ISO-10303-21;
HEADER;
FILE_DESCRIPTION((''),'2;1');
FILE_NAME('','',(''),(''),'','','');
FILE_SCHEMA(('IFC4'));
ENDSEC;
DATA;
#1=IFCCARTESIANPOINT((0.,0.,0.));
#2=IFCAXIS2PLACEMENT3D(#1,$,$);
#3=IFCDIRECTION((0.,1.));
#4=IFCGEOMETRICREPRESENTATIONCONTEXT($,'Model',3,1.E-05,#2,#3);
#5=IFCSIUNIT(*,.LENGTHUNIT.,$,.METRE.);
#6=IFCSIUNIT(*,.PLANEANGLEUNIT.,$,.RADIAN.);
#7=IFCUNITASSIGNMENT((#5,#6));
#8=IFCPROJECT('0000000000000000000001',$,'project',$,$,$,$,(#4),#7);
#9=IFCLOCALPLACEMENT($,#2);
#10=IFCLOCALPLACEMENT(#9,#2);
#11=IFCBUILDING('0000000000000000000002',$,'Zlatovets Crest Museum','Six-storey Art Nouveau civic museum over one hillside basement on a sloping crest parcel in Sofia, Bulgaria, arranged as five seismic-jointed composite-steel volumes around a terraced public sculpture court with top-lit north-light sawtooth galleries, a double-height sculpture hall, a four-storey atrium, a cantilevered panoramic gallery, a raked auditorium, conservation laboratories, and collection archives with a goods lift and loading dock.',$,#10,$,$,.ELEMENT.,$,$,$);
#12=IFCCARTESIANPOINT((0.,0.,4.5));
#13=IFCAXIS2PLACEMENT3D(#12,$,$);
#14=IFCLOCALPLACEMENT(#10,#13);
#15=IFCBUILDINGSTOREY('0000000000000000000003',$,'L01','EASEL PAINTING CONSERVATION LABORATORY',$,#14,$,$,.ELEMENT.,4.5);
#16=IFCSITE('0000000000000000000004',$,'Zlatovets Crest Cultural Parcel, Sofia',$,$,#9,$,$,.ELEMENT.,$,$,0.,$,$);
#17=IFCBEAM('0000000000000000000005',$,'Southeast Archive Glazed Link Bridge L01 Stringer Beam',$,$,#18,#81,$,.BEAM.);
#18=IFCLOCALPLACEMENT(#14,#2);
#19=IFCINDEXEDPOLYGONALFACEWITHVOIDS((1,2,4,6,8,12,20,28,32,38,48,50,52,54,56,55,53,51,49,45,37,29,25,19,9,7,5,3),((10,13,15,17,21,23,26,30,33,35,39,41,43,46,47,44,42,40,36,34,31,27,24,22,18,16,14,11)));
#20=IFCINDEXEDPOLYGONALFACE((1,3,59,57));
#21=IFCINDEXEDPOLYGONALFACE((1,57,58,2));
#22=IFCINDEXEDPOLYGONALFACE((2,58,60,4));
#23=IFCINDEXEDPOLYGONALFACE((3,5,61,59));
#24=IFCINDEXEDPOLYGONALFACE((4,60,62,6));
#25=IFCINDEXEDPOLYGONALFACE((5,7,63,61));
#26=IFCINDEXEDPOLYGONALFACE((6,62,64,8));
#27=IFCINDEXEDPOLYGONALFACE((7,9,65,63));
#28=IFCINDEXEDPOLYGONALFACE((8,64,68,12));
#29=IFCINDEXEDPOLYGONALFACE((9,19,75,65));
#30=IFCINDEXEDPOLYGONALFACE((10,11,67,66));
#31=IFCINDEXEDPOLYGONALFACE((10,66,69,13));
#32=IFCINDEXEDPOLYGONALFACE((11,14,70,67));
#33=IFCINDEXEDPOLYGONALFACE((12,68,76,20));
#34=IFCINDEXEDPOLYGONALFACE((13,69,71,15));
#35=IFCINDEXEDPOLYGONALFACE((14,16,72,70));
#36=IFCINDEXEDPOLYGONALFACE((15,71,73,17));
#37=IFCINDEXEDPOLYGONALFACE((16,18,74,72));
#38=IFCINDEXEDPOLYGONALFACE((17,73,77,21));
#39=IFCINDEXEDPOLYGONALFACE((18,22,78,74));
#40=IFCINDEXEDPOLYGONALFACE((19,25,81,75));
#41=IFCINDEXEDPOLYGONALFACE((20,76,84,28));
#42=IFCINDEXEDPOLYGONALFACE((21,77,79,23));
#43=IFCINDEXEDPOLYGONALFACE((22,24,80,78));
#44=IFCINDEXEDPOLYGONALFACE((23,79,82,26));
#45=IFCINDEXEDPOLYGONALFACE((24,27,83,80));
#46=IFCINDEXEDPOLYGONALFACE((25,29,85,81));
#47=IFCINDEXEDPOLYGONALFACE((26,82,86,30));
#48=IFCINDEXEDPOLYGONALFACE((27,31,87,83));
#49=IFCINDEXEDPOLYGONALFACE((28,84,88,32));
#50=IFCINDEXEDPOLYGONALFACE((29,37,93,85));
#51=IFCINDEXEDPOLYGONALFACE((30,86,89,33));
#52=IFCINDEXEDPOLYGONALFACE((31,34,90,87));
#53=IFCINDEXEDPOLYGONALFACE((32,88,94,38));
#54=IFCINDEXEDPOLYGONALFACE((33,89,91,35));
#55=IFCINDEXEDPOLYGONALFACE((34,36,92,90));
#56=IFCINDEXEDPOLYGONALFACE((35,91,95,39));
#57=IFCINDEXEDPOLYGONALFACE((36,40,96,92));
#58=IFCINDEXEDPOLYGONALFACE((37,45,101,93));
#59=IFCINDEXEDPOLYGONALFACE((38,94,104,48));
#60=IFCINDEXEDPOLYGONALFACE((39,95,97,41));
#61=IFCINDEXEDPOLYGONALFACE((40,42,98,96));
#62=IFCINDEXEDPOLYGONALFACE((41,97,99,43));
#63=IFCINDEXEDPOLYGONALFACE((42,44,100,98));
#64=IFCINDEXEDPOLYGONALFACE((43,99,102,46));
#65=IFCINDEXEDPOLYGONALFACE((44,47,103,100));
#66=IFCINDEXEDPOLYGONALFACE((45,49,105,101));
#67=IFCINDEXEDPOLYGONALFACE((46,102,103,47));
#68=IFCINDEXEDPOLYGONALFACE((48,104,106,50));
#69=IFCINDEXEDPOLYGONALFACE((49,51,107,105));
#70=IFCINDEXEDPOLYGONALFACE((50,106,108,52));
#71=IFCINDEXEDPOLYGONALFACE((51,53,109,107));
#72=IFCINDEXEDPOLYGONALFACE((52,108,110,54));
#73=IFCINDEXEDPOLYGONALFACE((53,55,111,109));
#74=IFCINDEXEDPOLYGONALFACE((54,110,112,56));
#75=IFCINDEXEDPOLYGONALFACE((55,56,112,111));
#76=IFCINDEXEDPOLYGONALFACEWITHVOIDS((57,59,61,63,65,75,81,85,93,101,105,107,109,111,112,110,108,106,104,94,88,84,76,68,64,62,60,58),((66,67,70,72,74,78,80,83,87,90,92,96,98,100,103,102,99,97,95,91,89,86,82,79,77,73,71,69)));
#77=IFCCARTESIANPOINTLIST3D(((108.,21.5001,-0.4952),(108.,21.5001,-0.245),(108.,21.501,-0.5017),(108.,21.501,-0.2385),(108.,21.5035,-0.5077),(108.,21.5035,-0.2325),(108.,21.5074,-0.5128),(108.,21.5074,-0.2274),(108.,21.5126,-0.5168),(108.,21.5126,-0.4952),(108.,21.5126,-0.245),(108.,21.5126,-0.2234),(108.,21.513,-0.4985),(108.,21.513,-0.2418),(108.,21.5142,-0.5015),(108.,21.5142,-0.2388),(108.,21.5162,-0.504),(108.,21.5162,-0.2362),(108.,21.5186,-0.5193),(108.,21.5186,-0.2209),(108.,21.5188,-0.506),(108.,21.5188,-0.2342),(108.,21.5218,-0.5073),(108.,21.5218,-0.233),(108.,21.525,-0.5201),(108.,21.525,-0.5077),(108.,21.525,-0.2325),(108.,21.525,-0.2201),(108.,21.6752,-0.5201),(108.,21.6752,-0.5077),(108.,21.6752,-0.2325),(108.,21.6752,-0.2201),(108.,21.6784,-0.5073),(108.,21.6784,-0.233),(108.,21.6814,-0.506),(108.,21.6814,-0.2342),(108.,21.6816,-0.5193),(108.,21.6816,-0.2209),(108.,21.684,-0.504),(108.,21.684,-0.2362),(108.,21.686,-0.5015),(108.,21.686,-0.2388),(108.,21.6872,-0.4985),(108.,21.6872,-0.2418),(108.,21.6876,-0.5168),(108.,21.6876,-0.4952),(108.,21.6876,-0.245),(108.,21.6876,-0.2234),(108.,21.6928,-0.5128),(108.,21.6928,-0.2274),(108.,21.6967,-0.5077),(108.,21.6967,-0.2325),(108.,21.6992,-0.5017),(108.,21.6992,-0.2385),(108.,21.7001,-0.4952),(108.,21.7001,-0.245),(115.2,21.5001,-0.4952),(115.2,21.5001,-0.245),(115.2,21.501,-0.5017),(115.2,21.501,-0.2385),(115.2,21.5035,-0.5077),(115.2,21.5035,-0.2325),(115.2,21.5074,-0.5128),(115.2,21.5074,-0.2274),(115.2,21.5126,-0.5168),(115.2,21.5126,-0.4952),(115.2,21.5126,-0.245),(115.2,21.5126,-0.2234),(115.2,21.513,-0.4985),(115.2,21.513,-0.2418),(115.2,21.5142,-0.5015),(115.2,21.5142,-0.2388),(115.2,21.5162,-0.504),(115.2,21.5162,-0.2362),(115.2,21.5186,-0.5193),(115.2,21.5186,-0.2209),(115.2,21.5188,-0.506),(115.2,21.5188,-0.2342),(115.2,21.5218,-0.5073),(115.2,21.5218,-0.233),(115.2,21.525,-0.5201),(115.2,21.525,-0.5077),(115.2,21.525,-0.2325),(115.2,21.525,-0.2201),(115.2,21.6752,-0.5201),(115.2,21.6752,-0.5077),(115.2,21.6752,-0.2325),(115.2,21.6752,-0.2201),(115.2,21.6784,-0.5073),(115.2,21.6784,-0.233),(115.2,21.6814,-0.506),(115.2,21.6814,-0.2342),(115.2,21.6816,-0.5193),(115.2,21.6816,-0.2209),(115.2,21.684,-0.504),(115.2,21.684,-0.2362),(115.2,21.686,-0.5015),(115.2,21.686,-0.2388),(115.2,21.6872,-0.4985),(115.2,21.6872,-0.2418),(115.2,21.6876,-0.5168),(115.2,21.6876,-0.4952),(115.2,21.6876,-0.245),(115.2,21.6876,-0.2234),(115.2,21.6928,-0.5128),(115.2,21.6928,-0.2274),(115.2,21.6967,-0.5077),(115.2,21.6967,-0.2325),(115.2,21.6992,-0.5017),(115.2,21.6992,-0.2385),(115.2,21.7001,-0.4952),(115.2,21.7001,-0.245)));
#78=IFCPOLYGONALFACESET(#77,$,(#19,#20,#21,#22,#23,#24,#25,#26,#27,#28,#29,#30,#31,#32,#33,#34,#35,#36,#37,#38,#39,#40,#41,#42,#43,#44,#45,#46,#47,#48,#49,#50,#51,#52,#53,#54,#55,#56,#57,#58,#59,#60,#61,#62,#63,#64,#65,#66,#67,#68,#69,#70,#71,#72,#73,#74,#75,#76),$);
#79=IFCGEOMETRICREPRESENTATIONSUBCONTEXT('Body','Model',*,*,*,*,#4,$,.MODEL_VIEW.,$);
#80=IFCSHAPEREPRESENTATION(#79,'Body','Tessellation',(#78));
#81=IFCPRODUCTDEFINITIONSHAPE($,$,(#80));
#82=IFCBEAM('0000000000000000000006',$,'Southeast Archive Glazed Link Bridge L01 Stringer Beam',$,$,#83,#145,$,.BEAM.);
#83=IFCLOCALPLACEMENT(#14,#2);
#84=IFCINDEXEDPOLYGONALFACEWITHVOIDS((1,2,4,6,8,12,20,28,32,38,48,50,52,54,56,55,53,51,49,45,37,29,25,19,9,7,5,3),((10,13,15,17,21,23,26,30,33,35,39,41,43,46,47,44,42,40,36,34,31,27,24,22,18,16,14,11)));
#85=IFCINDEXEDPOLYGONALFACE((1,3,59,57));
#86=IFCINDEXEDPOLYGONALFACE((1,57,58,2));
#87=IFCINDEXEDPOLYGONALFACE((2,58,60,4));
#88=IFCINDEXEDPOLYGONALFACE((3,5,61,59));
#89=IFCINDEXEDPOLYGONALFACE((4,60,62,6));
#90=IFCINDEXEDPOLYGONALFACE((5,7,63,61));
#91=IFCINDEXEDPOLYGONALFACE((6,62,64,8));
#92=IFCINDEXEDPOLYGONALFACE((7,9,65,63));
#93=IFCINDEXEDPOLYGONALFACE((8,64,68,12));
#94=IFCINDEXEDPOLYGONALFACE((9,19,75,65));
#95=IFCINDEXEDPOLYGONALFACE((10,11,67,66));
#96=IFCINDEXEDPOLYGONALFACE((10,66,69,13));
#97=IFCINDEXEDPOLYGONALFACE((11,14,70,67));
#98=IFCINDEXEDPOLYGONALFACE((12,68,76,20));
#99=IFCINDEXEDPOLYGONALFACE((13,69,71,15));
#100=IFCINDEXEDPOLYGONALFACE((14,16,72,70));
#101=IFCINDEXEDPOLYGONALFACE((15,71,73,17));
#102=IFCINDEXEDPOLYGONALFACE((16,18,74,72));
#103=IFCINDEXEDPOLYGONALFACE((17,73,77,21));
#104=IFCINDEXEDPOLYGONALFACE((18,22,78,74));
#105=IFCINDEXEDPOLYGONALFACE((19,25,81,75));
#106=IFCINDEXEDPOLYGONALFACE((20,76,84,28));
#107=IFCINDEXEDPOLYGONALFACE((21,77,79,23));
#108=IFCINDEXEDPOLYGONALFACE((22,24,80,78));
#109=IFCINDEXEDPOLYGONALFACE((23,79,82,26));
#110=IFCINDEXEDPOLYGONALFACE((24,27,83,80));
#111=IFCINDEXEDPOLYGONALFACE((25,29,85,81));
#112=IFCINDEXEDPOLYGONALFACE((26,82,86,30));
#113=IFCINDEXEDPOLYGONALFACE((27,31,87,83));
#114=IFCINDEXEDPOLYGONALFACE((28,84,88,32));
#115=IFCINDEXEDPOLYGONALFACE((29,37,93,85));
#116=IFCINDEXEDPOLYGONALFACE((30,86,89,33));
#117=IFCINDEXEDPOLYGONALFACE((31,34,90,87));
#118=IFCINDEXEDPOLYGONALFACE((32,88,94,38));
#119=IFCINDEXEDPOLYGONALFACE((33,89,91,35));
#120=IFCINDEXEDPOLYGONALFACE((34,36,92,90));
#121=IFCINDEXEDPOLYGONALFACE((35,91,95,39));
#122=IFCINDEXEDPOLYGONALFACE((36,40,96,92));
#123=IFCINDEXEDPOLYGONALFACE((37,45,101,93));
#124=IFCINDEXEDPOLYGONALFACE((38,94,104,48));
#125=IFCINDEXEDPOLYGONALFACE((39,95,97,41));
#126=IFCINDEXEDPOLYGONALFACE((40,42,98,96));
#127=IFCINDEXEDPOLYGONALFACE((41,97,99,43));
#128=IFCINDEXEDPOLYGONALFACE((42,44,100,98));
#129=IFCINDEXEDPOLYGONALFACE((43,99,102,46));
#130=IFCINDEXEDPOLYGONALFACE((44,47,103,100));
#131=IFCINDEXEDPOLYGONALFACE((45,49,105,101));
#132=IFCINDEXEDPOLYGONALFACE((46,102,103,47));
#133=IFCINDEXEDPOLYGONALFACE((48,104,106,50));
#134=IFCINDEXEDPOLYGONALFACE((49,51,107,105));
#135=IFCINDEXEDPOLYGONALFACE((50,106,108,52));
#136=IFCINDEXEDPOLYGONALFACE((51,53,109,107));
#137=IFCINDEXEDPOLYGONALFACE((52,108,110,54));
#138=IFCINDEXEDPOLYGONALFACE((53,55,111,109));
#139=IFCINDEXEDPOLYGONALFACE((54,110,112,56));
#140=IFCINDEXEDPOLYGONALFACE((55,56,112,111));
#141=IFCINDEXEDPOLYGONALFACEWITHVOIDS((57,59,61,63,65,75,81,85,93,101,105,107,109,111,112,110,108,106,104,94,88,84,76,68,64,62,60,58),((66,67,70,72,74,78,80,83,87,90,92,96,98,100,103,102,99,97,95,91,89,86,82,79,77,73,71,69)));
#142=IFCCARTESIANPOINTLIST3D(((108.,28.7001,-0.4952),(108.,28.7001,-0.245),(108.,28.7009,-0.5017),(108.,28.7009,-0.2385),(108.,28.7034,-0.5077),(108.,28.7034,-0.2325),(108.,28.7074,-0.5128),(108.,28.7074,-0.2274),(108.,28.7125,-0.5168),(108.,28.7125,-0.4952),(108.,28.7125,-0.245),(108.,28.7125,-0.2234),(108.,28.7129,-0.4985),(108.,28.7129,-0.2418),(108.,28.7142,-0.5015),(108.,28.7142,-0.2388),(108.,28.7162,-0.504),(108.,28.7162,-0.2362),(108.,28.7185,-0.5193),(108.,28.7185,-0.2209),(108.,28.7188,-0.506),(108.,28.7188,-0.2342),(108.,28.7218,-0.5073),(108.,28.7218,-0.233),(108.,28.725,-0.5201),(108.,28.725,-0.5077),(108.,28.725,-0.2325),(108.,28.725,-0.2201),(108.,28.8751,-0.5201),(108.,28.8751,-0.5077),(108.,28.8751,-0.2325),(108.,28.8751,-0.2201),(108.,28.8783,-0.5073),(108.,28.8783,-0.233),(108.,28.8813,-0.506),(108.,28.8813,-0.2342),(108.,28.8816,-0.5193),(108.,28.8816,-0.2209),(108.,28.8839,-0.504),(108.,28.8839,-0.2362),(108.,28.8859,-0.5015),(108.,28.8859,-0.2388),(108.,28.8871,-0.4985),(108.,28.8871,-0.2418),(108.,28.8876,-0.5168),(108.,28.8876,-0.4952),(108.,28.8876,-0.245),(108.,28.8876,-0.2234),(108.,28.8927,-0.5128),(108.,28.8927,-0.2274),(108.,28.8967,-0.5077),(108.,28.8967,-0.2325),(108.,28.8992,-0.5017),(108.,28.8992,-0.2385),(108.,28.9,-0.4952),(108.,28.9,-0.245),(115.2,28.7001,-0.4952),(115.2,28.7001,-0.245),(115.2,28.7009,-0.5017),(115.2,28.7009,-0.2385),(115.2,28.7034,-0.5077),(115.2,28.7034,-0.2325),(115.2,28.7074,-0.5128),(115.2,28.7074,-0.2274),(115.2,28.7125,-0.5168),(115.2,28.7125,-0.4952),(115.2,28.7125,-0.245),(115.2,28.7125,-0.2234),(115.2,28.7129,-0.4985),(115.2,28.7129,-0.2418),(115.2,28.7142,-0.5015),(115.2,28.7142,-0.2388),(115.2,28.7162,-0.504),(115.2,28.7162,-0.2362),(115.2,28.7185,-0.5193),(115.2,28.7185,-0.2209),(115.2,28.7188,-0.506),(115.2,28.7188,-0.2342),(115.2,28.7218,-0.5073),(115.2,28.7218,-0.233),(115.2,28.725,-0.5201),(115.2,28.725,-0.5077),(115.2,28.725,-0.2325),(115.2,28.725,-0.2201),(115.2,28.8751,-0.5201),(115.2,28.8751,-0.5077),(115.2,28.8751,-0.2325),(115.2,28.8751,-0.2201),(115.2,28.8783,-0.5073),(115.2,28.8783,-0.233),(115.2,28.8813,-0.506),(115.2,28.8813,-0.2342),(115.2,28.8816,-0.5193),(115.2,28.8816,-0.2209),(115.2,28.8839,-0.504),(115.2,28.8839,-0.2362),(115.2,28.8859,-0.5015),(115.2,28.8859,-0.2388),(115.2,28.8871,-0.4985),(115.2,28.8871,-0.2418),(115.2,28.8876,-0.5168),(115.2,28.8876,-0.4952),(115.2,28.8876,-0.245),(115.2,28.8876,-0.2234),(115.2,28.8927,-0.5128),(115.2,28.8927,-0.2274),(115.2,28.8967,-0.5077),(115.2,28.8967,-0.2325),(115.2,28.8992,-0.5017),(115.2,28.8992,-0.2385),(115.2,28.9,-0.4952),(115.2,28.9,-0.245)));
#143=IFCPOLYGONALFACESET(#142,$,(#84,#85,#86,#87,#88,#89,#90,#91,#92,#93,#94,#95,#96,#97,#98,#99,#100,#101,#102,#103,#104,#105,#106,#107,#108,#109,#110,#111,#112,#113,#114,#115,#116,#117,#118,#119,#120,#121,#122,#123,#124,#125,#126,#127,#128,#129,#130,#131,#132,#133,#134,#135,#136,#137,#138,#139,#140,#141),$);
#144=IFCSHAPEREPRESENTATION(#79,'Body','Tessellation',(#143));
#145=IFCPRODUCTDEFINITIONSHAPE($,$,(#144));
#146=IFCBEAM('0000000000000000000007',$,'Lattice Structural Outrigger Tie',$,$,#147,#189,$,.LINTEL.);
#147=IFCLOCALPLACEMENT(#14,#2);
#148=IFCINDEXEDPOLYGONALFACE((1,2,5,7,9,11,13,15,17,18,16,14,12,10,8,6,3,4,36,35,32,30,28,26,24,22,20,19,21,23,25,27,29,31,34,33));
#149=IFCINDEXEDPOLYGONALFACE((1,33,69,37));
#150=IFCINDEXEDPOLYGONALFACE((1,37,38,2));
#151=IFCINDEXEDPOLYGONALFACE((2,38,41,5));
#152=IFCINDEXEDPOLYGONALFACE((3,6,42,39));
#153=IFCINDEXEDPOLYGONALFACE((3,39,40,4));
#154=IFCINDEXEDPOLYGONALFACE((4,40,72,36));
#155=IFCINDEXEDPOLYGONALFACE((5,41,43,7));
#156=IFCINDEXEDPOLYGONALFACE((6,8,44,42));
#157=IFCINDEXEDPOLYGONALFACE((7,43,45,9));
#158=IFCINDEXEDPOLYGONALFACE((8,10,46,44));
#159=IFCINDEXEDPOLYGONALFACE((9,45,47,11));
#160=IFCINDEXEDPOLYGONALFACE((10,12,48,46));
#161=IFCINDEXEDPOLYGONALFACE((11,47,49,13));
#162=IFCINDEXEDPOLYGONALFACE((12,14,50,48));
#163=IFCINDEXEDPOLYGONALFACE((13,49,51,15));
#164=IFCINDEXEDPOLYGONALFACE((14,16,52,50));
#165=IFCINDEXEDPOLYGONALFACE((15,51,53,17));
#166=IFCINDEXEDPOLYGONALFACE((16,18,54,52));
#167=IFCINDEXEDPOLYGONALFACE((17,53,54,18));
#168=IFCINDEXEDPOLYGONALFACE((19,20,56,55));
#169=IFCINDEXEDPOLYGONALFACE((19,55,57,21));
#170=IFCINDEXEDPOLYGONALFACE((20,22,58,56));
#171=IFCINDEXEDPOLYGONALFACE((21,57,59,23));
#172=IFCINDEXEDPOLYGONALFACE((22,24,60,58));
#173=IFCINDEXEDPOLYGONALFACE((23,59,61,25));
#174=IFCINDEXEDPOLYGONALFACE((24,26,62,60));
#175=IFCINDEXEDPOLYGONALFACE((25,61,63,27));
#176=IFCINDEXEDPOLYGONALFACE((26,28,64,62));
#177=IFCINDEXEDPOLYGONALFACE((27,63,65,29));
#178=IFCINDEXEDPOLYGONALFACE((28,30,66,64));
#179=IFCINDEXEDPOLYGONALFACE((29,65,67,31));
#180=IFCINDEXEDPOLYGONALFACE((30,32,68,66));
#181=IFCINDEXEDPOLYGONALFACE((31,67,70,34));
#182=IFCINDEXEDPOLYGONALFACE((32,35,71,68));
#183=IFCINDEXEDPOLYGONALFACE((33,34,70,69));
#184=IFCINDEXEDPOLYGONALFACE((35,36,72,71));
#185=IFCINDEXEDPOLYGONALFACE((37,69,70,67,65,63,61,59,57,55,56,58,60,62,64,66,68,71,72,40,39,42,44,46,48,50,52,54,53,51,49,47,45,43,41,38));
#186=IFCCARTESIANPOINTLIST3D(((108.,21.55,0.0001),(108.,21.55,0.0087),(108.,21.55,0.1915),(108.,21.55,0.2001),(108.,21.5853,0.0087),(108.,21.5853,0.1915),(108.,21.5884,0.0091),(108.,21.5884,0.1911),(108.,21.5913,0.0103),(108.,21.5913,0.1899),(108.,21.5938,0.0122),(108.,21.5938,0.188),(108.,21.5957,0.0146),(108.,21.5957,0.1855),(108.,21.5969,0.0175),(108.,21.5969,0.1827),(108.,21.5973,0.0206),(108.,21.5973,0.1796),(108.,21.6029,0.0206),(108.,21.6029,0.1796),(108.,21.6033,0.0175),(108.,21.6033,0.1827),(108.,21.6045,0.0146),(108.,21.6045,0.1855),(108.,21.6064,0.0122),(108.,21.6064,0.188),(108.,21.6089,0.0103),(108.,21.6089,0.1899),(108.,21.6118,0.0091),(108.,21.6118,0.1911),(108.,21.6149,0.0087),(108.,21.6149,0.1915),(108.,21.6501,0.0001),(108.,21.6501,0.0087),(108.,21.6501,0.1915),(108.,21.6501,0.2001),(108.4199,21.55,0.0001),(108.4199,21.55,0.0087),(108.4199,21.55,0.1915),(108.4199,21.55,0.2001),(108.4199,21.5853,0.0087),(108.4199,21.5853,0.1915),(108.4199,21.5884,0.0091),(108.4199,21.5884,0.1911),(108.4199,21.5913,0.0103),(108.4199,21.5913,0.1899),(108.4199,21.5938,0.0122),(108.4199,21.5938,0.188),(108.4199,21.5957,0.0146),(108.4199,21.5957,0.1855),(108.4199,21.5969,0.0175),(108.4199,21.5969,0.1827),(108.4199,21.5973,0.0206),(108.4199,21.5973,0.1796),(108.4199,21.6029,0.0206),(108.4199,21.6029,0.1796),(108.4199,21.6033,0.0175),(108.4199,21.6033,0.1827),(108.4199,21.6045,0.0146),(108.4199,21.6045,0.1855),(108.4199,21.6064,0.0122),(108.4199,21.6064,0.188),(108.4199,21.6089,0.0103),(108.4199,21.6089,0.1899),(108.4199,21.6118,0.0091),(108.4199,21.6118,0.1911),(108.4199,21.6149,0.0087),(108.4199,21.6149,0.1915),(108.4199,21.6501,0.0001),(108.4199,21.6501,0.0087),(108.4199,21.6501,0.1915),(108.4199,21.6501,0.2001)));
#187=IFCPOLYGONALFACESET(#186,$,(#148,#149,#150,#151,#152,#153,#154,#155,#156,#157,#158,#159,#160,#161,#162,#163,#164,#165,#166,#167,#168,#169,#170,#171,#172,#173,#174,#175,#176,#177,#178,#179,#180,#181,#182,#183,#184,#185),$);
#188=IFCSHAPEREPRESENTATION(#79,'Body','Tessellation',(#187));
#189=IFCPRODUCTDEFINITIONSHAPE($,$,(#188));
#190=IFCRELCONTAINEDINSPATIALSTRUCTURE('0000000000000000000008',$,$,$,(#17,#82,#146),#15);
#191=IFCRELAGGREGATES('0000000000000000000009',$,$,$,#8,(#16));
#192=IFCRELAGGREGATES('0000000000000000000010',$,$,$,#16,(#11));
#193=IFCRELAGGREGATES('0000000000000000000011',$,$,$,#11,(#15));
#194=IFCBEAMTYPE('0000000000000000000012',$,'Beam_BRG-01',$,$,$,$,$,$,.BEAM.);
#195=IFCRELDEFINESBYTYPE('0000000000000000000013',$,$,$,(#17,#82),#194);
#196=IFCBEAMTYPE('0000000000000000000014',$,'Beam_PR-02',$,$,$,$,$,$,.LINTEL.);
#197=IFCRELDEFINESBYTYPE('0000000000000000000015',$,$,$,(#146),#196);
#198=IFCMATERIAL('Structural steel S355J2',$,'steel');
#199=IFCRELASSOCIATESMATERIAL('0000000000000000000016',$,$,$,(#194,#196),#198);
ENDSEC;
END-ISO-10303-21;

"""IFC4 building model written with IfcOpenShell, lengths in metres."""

from ifc_helpers import new_model, si_unit, direction, frame, origin, origin_2d, place, context, subcontext, project, spatial, hollow_rectangle, i_section, extrude, material, material_profile, profile_set, type_object, element, save


model = new_model("IFC4")

# Units and contexts
model_context = context("Model", 3, precision=1e-05, world=origin(), true_north=direction((0.0, 1.0)))
body_context = subcontext(model_context, "Body", "Model", "MODEL_VIEW")
ifc_project = project(units=[si_unit("LENGTHUNIT", "METRE"), si_unit("PLANEANGLEUNIT", "RADIAN")], contexts=[model_context])

# Site, building, storey
site_placement = place(None, origin())
site = spatial("IfcSite", under=ifc_project, at=site_placement, Name="Zlatovets Crest Cultural Parcel, Sofia", CompositionType="ELEMENT", RefElevation=0.0)
building_placement = place(site_placement, origin())
building = spatial("IfcBuilding", under=site, at=building_placement, Name="Zlatovets Crest Museum", Description="Six-storey Art Nouveau civic museum over one hillside basement on a sloping crest parcel in Sofia, Bulgaria, arranged as five seismic-jointed composite-steel volumes around a terraced public sculpture court with top-lit north-light sawtooth galleries, a double-height sculpture hall, a four-storey atrium, a cantilevered panoramic gallery, a raked auditorium, conservation laboratories, and collection archives with a goods lift and loading dock.", CompositionType="ELEMENT")
storey_placement = place(building_placement, frame((0.0, 0.0, 4.5)))
storey = spatial("IfcBuildingStorey", under=building, at=storey_placement, Name="L01", Description="EASEL PAINTING CONSERVATION LABORATORY", CompositionType="ELEMENT", Elevation=4.5)

# Shared definitions
ifc_material_1 = material(Name="Structural steel S355J2", Category="steel")

# Beams
ifc_material_profile_1 = material_profile(ifc_material_1, hollow_rectangle(XDim=0.2, YDim=0.3, WallThickness=0.0125, InnerFilletRadius=0.0125, OuterFilletRadius=0.0249, at=origin_2d()), Name="RHS 200x300x12.5")
ifc_profile_set_1 = profile_set([ifc_material_profile_1], Name="Structural steel S355J2")
beam_type_1 = type_object("IfcBeamType", Name="Beam_BRG-01", PredefinedType="BEAM", material=ifc_profile_set_1)
for number, where, z_axis, x_axis, name in (
    (1, (108.0, 21.6001, -0.3701), (1.0, 0.0, 0.0), (0.0, 1.0, 0.0), "Southeast Archive Glazed Link Bridge L01 Stringer Beam"),
    (2, (108.0, 28.8, -0.3701), (1.0, 0.0, 0.0), (0.0, 1.0, 0.0), "Southeast Archive Glazed Link Bridge L01 Stringer Beam"),
):
    element("IfcBeam", number, at=place(storey_placement, frame(where, z_axis=z_axis, x_axis=x_axis)), inside=storey, type_object=beam_type_1, Name=name, PredefinedType="BEAM", context=body_context, shape_type="SweptSolid", body=[
        extrude(hollow_rectangle(XDim=0.2, YDim=0.3, WallThickness=0.0125, InnerFilletRadius=0.0125, OuterFilletRadius=0.0249, at=origin_2d()), origin(), (0.0, 0.0, 1.0), 7.2),
    ])
ifc_material_profile_2 = material_profile(ifc_material_1, i_section(OverallWidth=0.1001, OverallDepth=0.2, WebThickness=0.0056, FlangeThickness=0.0085, FilletRadius=0.012, at=origin_2d()), Name="IPE 200")
ifc_profile_set_2 = profile_set([ifc_material_profile_2], Name="Structural steel S355J2")
beam_type_2 = type_object("IfcBeamType", Name="Beam_PR-02", PredefinedType="LINTEL", material=ifc_profile_set_2)
for number, where, z_axis, x_axis, name in (
    (3, (108.0, 21.6001, 0.1001), (1.0, 0.0, 0.0), (0.0, 1.0, 0.0), "Lattice Structural Outrigger Tie"),
):
    element("IfcBeam", number, at=place(storey_placement, frame(where, z_axis=z_axis, x_axis=x_axis)), inside=storey, type_object=beam_type_2, Name=name, PredefinedType="LINTEL", context=body_context, shape_type="SweptSolid", body=[
        extrude(i_section(OverallWidth=0.1001, OverallDepth=0.2, WebThickness=0.0056, FlangeThickness=0.0085, FilletRadius=0.012, at=origin_2d()), origin(), (0.0, 0.0, 1.0), 0.4199),
    ])

save(model, "model.ifc")
